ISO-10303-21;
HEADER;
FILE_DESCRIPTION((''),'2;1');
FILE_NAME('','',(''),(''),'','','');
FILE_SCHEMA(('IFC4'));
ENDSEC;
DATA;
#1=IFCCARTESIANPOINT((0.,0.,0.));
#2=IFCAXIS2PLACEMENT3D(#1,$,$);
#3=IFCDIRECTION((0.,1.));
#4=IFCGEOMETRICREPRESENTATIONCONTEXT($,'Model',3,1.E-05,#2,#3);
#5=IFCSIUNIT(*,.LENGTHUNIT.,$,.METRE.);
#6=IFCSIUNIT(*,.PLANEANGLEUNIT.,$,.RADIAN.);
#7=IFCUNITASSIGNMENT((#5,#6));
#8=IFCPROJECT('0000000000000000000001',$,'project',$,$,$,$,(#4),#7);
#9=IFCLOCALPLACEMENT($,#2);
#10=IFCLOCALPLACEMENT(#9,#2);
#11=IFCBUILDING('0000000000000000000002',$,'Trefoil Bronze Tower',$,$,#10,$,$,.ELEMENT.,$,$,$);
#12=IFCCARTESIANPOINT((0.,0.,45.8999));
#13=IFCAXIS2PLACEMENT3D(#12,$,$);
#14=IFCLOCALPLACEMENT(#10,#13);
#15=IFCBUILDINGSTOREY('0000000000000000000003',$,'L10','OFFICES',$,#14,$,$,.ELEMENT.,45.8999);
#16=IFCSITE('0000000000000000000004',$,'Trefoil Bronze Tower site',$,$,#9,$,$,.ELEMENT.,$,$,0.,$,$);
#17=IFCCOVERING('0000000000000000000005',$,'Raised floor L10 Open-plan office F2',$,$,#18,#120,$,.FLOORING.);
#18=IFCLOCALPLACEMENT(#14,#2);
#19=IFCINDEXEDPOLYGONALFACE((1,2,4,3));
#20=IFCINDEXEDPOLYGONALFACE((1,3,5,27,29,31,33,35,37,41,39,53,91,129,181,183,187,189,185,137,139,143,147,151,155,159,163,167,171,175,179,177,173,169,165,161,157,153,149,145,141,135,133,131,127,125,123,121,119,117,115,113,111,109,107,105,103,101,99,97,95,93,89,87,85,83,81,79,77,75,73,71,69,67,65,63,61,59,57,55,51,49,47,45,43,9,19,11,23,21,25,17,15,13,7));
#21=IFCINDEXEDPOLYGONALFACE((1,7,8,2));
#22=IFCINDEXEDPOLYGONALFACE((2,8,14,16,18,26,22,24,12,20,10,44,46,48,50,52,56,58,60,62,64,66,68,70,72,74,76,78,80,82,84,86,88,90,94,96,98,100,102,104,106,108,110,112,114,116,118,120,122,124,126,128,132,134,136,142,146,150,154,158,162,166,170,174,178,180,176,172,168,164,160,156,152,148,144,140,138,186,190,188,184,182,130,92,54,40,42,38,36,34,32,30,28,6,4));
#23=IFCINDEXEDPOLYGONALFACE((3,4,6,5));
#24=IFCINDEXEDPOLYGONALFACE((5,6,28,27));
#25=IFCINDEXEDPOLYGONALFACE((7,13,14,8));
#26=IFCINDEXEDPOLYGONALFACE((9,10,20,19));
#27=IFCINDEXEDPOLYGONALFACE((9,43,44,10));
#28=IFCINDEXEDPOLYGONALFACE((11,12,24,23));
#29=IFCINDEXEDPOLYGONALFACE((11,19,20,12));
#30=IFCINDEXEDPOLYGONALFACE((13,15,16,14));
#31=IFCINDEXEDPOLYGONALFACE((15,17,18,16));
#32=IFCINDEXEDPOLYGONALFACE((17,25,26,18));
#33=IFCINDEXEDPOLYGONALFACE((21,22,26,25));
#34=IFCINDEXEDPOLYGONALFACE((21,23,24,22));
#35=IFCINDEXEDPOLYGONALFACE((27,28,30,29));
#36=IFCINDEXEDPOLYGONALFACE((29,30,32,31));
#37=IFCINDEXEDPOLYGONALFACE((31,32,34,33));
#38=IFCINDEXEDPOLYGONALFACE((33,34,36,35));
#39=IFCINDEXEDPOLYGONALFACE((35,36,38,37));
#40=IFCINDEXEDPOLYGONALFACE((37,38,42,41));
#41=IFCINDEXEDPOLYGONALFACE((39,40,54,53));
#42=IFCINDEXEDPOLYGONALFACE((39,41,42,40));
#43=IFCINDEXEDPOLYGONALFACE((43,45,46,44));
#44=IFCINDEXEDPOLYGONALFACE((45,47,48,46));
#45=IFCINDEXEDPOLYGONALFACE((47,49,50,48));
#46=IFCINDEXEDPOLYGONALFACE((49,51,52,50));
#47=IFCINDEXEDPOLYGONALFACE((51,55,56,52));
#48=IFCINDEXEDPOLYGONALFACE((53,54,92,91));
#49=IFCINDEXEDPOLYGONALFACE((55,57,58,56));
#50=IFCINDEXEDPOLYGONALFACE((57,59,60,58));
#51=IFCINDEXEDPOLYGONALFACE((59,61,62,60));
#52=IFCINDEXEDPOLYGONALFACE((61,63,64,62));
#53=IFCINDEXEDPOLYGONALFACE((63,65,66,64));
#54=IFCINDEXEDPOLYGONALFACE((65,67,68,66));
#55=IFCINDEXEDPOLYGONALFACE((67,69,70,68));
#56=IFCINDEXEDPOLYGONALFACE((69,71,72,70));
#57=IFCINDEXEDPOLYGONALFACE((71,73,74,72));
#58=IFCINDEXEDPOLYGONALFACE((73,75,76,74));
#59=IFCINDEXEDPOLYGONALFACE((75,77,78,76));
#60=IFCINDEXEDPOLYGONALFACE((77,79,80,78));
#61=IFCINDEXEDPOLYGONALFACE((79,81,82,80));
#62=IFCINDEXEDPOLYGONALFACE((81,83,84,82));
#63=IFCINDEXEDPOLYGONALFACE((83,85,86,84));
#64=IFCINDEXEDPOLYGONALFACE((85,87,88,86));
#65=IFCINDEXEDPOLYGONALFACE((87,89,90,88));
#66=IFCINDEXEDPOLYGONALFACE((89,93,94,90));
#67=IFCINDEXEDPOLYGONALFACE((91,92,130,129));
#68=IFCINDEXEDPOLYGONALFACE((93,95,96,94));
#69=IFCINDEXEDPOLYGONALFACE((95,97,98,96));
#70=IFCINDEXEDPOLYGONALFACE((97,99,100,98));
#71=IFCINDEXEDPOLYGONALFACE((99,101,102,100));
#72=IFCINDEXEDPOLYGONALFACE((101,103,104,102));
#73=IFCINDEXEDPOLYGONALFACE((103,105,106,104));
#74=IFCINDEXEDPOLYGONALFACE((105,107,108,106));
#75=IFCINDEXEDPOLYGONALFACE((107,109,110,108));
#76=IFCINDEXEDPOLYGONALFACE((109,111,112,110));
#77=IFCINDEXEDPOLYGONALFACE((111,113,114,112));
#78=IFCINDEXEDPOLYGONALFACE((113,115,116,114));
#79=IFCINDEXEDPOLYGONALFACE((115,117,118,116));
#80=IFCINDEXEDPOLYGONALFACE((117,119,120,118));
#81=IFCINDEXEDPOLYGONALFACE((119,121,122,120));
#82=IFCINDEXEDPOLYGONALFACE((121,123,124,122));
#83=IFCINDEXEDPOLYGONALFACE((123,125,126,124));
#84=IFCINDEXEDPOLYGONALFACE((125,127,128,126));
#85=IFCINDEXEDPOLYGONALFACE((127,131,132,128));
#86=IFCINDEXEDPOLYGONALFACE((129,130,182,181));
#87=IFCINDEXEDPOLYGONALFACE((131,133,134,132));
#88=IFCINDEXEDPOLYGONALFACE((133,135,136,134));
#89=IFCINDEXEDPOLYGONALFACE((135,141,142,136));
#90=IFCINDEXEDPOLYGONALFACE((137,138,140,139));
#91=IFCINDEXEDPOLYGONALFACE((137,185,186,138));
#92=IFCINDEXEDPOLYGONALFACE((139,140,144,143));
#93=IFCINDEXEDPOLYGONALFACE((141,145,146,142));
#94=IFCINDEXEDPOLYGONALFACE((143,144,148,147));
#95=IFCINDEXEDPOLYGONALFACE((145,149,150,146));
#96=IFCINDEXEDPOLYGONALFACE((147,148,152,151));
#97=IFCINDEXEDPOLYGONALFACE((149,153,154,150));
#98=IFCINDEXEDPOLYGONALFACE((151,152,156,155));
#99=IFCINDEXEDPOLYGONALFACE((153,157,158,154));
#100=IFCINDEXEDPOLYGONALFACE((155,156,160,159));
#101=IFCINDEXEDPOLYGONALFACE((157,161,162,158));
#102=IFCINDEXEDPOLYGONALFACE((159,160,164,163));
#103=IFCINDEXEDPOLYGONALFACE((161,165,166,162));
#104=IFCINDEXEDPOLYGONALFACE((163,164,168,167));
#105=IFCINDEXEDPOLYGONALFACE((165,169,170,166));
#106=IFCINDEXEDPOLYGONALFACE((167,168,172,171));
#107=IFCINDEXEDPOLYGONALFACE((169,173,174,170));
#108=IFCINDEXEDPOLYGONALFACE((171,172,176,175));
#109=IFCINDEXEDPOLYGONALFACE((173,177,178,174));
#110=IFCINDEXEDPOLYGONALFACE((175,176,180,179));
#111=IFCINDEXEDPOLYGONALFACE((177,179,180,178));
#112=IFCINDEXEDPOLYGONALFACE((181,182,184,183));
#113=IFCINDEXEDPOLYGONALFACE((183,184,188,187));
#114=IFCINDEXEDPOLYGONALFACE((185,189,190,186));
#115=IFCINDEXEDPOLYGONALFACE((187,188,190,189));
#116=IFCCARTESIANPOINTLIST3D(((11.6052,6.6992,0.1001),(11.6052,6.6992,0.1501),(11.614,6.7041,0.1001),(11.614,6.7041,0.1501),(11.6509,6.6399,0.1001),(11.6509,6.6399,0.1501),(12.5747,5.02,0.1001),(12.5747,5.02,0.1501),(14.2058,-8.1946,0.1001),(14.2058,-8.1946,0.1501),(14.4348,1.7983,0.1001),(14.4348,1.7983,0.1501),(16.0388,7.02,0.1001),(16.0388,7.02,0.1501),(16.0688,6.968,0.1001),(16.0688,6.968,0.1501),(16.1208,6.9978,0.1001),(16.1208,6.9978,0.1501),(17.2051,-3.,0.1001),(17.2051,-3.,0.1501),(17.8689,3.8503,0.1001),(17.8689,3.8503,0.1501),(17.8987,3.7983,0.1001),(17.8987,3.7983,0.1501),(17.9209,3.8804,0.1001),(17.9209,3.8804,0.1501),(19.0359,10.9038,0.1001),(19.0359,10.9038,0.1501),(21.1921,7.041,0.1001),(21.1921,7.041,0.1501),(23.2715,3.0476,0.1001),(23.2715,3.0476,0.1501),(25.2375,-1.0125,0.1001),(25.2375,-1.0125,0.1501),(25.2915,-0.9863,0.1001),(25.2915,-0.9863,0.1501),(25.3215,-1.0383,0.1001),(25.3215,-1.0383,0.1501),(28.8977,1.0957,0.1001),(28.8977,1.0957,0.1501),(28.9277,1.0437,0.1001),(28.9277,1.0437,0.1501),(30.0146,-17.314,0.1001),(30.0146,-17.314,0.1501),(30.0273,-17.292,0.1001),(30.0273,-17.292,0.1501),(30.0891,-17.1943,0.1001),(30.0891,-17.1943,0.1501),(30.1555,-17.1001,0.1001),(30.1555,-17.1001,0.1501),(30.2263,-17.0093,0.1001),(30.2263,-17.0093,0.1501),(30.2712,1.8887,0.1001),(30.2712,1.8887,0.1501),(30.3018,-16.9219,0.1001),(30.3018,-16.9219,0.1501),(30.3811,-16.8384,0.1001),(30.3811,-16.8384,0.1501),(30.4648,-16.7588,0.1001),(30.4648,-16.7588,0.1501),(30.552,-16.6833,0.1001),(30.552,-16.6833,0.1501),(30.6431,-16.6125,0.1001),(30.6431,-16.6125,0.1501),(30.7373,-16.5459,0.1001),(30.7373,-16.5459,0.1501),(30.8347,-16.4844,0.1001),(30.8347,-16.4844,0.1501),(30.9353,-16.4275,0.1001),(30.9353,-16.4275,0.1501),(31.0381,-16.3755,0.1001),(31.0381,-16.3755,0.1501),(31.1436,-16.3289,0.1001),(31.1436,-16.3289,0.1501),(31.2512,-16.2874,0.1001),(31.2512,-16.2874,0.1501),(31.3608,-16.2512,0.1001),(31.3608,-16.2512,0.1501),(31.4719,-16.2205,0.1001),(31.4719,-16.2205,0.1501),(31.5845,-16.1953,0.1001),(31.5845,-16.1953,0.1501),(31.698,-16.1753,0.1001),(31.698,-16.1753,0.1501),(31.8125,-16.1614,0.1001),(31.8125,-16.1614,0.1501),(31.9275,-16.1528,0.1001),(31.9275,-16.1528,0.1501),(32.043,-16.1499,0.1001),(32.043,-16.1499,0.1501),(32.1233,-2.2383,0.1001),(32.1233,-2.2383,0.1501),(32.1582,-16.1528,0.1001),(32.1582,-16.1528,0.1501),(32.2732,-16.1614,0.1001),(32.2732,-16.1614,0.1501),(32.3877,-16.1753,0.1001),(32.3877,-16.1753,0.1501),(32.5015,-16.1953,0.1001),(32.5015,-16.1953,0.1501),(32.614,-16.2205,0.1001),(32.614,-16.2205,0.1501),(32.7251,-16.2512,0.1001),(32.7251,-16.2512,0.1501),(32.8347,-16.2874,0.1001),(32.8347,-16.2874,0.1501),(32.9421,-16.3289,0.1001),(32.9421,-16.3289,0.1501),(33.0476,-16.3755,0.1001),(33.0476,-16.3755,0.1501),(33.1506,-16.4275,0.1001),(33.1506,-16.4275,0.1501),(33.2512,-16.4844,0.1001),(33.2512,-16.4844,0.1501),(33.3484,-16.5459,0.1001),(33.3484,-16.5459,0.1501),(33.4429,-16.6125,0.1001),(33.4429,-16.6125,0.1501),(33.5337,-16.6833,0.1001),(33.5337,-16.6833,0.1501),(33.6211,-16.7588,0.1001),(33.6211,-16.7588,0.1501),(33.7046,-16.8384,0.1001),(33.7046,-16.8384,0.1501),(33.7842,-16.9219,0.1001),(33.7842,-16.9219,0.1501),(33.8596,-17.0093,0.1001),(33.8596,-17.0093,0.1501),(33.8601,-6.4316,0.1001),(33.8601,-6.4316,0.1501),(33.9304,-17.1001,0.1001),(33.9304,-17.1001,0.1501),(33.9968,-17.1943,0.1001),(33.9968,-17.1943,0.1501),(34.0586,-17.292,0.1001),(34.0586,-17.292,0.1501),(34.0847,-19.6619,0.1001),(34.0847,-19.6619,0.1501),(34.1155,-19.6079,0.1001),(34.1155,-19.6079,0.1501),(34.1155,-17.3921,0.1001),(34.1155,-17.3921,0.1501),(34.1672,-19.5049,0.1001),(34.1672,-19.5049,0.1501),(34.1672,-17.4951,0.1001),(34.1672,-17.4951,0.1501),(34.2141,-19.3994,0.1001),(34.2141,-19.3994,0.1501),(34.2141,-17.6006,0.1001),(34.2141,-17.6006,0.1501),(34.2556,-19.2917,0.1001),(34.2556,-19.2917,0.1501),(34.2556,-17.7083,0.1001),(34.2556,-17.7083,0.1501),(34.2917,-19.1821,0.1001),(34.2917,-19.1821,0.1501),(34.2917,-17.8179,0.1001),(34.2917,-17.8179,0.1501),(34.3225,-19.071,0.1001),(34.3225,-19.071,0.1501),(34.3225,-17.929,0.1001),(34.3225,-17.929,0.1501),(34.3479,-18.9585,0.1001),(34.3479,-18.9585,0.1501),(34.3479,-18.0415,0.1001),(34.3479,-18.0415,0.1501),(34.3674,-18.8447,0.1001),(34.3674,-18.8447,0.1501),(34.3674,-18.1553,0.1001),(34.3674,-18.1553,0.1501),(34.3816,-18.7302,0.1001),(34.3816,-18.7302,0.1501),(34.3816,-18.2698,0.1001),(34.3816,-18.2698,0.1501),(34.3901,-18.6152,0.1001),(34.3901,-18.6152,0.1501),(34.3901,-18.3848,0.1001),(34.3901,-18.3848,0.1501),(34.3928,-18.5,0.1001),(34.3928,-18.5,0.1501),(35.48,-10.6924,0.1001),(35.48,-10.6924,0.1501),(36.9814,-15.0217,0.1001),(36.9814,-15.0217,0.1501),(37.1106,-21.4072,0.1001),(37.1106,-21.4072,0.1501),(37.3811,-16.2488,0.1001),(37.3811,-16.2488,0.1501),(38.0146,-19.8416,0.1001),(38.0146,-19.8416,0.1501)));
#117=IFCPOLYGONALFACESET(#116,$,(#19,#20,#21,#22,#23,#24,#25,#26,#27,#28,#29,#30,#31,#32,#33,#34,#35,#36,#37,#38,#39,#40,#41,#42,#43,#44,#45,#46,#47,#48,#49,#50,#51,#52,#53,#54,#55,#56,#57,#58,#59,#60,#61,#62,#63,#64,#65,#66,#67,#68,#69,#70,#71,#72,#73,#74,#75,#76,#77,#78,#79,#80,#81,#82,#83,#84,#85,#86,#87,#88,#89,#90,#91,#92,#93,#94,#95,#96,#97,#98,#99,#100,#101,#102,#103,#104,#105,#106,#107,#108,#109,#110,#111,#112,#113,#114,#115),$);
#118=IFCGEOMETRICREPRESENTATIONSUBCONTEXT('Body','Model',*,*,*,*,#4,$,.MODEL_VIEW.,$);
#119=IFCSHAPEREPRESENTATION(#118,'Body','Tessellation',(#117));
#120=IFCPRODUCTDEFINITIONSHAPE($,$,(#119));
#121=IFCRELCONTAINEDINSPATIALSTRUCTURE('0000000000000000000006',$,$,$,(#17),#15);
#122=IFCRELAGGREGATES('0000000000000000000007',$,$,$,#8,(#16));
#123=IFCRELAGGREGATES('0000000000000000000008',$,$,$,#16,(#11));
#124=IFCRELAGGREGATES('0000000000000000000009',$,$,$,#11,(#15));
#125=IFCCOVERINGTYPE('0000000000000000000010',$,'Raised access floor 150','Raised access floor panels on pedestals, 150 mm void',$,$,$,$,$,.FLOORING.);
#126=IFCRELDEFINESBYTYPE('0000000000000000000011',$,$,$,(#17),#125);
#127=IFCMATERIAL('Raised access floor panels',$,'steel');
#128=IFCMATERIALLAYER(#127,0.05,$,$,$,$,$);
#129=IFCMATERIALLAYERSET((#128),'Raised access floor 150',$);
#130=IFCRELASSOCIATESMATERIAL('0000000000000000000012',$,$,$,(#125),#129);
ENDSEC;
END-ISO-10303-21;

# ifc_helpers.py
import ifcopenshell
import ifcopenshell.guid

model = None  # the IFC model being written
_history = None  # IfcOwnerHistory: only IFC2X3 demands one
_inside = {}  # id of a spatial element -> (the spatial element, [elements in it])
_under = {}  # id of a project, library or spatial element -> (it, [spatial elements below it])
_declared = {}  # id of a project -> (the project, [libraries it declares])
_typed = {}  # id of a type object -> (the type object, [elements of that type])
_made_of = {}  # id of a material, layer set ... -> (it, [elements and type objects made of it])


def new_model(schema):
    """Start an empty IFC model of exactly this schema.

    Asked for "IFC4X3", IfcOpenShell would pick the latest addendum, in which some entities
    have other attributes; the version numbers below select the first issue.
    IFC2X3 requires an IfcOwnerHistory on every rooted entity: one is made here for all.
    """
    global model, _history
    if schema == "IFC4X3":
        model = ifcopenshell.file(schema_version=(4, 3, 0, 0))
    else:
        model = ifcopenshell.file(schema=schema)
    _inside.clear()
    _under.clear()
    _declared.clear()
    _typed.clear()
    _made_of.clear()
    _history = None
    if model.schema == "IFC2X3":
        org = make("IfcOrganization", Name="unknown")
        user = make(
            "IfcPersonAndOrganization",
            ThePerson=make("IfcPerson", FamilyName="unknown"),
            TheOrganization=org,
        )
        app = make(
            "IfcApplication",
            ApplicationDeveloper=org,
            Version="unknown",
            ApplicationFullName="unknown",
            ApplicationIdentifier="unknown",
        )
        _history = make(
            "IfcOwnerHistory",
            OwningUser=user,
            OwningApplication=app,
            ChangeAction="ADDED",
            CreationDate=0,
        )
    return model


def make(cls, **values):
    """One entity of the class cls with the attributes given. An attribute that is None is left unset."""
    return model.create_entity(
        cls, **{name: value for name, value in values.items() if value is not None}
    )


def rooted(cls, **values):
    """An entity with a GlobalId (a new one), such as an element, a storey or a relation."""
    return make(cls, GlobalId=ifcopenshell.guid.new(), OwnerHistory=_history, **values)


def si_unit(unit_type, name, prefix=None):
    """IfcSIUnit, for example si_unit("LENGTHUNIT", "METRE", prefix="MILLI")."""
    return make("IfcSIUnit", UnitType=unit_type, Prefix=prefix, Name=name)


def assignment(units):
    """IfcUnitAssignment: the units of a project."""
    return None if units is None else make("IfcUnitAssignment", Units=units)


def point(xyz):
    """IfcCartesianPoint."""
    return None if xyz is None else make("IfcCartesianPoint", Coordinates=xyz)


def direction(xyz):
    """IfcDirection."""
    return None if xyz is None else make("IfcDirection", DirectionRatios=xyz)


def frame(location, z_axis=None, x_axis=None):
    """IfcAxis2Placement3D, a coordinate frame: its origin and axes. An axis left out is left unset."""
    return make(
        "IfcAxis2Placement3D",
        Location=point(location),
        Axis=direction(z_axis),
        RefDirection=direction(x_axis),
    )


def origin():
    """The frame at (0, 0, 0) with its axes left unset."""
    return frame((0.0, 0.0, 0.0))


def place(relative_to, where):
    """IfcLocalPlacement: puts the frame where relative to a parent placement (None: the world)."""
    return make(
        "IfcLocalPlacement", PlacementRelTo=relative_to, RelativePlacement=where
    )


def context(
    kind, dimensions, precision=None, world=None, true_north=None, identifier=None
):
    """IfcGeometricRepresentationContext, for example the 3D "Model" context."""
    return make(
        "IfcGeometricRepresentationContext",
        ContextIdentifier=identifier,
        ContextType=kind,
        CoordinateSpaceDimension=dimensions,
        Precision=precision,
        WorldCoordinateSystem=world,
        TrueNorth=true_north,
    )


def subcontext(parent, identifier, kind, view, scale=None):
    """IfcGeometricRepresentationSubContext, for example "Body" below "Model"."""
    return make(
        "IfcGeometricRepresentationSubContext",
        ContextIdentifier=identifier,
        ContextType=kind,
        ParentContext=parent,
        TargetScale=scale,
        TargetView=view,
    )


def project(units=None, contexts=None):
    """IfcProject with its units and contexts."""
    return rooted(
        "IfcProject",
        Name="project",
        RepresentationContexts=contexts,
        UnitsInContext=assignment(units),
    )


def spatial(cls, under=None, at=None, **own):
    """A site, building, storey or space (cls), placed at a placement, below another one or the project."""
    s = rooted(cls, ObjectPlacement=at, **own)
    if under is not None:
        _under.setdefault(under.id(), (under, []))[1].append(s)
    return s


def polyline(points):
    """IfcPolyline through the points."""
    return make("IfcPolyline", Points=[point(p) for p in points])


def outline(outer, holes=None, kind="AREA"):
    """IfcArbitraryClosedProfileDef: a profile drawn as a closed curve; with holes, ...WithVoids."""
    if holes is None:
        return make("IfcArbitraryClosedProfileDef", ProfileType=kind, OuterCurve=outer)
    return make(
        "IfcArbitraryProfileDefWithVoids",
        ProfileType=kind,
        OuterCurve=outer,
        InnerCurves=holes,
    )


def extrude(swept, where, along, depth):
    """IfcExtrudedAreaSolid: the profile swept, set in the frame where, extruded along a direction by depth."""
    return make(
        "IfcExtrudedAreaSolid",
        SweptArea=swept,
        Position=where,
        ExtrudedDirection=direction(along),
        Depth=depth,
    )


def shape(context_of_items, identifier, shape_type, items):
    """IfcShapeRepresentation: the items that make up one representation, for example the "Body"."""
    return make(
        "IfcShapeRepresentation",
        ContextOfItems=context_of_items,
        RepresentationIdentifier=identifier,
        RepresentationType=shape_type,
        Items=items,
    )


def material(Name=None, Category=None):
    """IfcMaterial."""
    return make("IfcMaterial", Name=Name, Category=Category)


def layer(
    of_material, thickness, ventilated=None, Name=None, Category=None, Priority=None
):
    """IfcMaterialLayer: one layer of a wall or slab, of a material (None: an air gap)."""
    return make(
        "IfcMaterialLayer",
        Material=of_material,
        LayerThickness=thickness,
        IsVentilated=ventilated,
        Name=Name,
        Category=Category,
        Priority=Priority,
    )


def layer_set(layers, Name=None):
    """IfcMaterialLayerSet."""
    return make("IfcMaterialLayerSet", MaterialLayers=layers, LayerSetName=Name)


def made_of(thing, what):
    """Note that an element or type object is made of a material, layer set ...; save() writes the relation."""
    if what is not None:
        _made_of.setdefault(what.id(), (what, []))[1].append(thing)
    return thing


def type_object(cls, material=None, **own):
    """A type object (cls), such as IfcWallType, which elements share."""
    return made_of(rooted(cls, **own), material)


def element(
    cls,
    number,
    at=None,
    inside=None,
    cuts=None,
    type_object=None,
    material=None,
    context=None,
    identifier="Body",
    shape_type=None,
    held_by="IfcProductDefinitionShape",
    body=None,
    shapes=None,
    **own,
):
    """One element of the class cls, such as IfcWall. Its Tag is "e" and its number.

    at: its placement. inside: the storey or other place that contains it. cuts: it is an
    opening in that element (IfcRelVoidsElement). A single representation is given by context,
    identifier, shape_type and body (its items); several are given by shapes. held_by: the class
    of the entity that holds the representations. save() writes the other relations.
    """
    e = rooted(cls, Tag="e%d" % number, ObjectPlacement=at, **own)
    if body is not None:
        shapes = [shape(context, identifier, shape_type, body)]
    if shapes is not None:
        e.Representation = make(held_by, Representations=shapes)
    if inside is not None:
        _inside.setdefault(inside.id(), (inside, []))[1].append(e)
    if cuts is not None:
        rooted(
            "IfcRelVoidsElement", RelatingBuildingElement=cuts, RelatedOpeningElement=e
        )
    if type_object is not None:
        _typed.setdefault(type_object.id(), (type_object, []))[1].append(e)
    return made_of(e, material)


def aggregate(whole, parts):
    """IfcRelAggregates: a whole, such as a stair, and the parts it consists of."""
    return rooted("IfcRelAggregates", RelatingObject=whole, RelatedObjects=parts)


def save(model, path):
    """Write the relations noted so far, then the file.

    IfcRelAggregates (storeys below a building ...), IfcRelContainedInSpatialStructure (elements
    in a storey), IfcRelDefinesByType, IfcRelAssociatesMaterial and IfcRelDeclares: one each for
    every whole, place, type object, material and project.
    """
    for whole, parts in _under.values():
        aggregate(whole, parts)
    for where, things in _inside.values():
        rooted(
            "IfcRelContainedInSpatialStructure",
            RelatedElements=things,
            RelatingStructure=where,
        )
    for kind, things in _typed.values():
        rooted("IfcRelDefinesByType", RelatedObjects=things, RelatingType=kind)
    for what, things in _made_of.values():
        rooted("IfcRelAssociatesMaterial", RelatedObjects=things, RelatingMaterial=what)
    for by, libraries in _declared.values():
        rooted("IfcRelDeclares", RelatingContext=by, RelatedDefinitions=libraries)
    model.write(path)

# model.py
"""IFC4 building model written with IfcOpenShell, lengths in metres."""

from ifc_helpers import new_model, si_unit, direction, frame, origin, place, context, subcontext, project, spatial, polyline, outline, extrude, material, layer, layer_set, type_object, element, save


model = new_model("IFC4")

# Units and contexts
model_context = context("Model", 3, precision=1e-05, world=origin(), true_north=direction((0.0, 1.0)))
body_context = subcontext(model_context, "Body", "Model", "MODEL_VIEW")
ifc_project = project(units=[si_unit("LENGTHUNIT", "METRE"), si_unit("PLANEANGLEUNIT", "RADIAN")], contexts=[model_context])

# Site, building, storey
site_placement = place(None, origin())
site = spatial("IfcSite", under=ifc_project, at=site_placement, Name="Trefoil Bronze Tower site", CompositionType="ELEMENT", RefElevation=0.0)
building_placement = place(site_placement, origin())
building = spatial("IfcBuilding", under=site, at=building_placement, Name="Trefoil Bronze Tower", CompositionType="ELEMENT")
storey_placement = place(building_placement, frame((0.0, 0.0, 45.8999)))
storey = spatial("IfcBuildingStorey", under=building, at=storey_placement, Name="L10", Description="OFFICES", CompositionType="ELEMENT", Elevation=45.8999)

# Covering
ifc_material_1 = material(Name="Raised access floor panels", Category="steel")
ifc_layer_1 = layer(ifc_material_1, 0.05)
ifc_layer_set_1 = layer_set([ifc_layer_1], Name="Raised access floor 150")
covering_type_1 = type_object("IfcCoveringType", Name="Raised access floor 150", Description="Raised access floor panels on pedestals, 150 mm void", PredefinedType="FLOORING", material=ifc_layer_set_1)
covering_1_placement = place(storey_placement, frame((0.0, 0.0, 0.1001)))
element("IfcCovering", 1, at=covering_1_placement, inside=storey, type_object=covering_type_1, Name="Raised floor L10 Open-plan office F2", PredefinedType="FLOORING", context=body_context, shape_type="SweptSolid", body=[
    extrude(outline(polyline([(14.4348, 1.7983), (17.8987, 3.7983), (17.8689, 3.8503), (17.9209, 3.8804), (16.1208, 6.9978), (16.0688, 6.968), (16.0388, 7.02), (12.5747, 5.02), (11.6052, 6.6992), (11.614, 6.7041), (11.6509, 6.6399), (19.0359, 10.9038), (21.1921, 7.041), (23.2715, 3.0476), (25.2375, -1.0125), (25.2915, -0.9863), (25.3215, -1.0383), (28.9277, 1.0437), (28.8977, 1.0957), (30.2712, 1.8887), (32.1233, -2.2383), (33.8601, -6.4316), (35.48, -10.6924), (36.9814, -15.0217), (37.3811, -16.2488), (38.0146, -19.8416), (37.1106, -21.4072), (34.0847, -19.6619), (34.1155, -19.6079), (34.1672, -19.5049), (34.2141, -19.3994), (34.2556, -19.2917), (34.2917, -19.1821), (34.3225, -19.071), (34.3479, -18.9585), (34.3674, -18.8447), (34.3816, -18.7302), (34.3901, -18.6152), (34.3928, -18.5), (34.3901, -18.3848), (34.3816, -18.2698), (34.3674, -18.1553), (34.3479, -18.0415), (34.3225, -17.929), (34.2917, -17.8179), (34.2556, -17.7083), (34.2141, -17.6006), (34.1672, -17.4951), (34.1155, -17.3921), (34.0586, -17.292), (33.9968, -17.1943), (33.9304, -17.1001), (33.8596, -17.0093), (33.7842, -16.9219), (33.7046, -16.8384), (33.6211, -16.7588), (33.5337, -16.6833), (33.4429, -16.6125), (33.3484, -16.5459), (33.2512, -16.4844), (33.1506, -16.4275), (33.0476, -16.3755), (32.9421, -16.3289), (32.8347, -16.2874), (32.7251, -16.2512), (32.614, -16.2205), (32.5015, -16.1953), (32.3877, -16.1753), (32.2732, -16.1614), (32.1582, -16.1528), (32.043, -16.1499), (31.9275, -16.1528), (31.8125, -16.1614), (31.698, -16.1753), (31.5845, -16.1953), (31.4719, -16.2205), (31.3608, -16.2512), (31.2512, -16.2874), (31.1436, -16.3289), (31.0381, -16.3755), (30.9353, -16.4275), (30.8347, -16.4844), (30.7373, -16.5459), (30.6431, -16.6125), (30.552, -16.6833), (30.4648, -16.7588), (30.3811, -16.8384), (30.3018, -16.9219), (30.2263, -17.0093), (30.1555, -17.1001), (30.0891, -17.1943), (30.0273, -17.292), (30.0146, -17.314), (14.2058, -8.1946), (17.2051, -3.0), (14.4348, 1.7983)])), origin(), (0.0, 0.0, 1.0), 0.05),
])

save(model, "model.ifc")
